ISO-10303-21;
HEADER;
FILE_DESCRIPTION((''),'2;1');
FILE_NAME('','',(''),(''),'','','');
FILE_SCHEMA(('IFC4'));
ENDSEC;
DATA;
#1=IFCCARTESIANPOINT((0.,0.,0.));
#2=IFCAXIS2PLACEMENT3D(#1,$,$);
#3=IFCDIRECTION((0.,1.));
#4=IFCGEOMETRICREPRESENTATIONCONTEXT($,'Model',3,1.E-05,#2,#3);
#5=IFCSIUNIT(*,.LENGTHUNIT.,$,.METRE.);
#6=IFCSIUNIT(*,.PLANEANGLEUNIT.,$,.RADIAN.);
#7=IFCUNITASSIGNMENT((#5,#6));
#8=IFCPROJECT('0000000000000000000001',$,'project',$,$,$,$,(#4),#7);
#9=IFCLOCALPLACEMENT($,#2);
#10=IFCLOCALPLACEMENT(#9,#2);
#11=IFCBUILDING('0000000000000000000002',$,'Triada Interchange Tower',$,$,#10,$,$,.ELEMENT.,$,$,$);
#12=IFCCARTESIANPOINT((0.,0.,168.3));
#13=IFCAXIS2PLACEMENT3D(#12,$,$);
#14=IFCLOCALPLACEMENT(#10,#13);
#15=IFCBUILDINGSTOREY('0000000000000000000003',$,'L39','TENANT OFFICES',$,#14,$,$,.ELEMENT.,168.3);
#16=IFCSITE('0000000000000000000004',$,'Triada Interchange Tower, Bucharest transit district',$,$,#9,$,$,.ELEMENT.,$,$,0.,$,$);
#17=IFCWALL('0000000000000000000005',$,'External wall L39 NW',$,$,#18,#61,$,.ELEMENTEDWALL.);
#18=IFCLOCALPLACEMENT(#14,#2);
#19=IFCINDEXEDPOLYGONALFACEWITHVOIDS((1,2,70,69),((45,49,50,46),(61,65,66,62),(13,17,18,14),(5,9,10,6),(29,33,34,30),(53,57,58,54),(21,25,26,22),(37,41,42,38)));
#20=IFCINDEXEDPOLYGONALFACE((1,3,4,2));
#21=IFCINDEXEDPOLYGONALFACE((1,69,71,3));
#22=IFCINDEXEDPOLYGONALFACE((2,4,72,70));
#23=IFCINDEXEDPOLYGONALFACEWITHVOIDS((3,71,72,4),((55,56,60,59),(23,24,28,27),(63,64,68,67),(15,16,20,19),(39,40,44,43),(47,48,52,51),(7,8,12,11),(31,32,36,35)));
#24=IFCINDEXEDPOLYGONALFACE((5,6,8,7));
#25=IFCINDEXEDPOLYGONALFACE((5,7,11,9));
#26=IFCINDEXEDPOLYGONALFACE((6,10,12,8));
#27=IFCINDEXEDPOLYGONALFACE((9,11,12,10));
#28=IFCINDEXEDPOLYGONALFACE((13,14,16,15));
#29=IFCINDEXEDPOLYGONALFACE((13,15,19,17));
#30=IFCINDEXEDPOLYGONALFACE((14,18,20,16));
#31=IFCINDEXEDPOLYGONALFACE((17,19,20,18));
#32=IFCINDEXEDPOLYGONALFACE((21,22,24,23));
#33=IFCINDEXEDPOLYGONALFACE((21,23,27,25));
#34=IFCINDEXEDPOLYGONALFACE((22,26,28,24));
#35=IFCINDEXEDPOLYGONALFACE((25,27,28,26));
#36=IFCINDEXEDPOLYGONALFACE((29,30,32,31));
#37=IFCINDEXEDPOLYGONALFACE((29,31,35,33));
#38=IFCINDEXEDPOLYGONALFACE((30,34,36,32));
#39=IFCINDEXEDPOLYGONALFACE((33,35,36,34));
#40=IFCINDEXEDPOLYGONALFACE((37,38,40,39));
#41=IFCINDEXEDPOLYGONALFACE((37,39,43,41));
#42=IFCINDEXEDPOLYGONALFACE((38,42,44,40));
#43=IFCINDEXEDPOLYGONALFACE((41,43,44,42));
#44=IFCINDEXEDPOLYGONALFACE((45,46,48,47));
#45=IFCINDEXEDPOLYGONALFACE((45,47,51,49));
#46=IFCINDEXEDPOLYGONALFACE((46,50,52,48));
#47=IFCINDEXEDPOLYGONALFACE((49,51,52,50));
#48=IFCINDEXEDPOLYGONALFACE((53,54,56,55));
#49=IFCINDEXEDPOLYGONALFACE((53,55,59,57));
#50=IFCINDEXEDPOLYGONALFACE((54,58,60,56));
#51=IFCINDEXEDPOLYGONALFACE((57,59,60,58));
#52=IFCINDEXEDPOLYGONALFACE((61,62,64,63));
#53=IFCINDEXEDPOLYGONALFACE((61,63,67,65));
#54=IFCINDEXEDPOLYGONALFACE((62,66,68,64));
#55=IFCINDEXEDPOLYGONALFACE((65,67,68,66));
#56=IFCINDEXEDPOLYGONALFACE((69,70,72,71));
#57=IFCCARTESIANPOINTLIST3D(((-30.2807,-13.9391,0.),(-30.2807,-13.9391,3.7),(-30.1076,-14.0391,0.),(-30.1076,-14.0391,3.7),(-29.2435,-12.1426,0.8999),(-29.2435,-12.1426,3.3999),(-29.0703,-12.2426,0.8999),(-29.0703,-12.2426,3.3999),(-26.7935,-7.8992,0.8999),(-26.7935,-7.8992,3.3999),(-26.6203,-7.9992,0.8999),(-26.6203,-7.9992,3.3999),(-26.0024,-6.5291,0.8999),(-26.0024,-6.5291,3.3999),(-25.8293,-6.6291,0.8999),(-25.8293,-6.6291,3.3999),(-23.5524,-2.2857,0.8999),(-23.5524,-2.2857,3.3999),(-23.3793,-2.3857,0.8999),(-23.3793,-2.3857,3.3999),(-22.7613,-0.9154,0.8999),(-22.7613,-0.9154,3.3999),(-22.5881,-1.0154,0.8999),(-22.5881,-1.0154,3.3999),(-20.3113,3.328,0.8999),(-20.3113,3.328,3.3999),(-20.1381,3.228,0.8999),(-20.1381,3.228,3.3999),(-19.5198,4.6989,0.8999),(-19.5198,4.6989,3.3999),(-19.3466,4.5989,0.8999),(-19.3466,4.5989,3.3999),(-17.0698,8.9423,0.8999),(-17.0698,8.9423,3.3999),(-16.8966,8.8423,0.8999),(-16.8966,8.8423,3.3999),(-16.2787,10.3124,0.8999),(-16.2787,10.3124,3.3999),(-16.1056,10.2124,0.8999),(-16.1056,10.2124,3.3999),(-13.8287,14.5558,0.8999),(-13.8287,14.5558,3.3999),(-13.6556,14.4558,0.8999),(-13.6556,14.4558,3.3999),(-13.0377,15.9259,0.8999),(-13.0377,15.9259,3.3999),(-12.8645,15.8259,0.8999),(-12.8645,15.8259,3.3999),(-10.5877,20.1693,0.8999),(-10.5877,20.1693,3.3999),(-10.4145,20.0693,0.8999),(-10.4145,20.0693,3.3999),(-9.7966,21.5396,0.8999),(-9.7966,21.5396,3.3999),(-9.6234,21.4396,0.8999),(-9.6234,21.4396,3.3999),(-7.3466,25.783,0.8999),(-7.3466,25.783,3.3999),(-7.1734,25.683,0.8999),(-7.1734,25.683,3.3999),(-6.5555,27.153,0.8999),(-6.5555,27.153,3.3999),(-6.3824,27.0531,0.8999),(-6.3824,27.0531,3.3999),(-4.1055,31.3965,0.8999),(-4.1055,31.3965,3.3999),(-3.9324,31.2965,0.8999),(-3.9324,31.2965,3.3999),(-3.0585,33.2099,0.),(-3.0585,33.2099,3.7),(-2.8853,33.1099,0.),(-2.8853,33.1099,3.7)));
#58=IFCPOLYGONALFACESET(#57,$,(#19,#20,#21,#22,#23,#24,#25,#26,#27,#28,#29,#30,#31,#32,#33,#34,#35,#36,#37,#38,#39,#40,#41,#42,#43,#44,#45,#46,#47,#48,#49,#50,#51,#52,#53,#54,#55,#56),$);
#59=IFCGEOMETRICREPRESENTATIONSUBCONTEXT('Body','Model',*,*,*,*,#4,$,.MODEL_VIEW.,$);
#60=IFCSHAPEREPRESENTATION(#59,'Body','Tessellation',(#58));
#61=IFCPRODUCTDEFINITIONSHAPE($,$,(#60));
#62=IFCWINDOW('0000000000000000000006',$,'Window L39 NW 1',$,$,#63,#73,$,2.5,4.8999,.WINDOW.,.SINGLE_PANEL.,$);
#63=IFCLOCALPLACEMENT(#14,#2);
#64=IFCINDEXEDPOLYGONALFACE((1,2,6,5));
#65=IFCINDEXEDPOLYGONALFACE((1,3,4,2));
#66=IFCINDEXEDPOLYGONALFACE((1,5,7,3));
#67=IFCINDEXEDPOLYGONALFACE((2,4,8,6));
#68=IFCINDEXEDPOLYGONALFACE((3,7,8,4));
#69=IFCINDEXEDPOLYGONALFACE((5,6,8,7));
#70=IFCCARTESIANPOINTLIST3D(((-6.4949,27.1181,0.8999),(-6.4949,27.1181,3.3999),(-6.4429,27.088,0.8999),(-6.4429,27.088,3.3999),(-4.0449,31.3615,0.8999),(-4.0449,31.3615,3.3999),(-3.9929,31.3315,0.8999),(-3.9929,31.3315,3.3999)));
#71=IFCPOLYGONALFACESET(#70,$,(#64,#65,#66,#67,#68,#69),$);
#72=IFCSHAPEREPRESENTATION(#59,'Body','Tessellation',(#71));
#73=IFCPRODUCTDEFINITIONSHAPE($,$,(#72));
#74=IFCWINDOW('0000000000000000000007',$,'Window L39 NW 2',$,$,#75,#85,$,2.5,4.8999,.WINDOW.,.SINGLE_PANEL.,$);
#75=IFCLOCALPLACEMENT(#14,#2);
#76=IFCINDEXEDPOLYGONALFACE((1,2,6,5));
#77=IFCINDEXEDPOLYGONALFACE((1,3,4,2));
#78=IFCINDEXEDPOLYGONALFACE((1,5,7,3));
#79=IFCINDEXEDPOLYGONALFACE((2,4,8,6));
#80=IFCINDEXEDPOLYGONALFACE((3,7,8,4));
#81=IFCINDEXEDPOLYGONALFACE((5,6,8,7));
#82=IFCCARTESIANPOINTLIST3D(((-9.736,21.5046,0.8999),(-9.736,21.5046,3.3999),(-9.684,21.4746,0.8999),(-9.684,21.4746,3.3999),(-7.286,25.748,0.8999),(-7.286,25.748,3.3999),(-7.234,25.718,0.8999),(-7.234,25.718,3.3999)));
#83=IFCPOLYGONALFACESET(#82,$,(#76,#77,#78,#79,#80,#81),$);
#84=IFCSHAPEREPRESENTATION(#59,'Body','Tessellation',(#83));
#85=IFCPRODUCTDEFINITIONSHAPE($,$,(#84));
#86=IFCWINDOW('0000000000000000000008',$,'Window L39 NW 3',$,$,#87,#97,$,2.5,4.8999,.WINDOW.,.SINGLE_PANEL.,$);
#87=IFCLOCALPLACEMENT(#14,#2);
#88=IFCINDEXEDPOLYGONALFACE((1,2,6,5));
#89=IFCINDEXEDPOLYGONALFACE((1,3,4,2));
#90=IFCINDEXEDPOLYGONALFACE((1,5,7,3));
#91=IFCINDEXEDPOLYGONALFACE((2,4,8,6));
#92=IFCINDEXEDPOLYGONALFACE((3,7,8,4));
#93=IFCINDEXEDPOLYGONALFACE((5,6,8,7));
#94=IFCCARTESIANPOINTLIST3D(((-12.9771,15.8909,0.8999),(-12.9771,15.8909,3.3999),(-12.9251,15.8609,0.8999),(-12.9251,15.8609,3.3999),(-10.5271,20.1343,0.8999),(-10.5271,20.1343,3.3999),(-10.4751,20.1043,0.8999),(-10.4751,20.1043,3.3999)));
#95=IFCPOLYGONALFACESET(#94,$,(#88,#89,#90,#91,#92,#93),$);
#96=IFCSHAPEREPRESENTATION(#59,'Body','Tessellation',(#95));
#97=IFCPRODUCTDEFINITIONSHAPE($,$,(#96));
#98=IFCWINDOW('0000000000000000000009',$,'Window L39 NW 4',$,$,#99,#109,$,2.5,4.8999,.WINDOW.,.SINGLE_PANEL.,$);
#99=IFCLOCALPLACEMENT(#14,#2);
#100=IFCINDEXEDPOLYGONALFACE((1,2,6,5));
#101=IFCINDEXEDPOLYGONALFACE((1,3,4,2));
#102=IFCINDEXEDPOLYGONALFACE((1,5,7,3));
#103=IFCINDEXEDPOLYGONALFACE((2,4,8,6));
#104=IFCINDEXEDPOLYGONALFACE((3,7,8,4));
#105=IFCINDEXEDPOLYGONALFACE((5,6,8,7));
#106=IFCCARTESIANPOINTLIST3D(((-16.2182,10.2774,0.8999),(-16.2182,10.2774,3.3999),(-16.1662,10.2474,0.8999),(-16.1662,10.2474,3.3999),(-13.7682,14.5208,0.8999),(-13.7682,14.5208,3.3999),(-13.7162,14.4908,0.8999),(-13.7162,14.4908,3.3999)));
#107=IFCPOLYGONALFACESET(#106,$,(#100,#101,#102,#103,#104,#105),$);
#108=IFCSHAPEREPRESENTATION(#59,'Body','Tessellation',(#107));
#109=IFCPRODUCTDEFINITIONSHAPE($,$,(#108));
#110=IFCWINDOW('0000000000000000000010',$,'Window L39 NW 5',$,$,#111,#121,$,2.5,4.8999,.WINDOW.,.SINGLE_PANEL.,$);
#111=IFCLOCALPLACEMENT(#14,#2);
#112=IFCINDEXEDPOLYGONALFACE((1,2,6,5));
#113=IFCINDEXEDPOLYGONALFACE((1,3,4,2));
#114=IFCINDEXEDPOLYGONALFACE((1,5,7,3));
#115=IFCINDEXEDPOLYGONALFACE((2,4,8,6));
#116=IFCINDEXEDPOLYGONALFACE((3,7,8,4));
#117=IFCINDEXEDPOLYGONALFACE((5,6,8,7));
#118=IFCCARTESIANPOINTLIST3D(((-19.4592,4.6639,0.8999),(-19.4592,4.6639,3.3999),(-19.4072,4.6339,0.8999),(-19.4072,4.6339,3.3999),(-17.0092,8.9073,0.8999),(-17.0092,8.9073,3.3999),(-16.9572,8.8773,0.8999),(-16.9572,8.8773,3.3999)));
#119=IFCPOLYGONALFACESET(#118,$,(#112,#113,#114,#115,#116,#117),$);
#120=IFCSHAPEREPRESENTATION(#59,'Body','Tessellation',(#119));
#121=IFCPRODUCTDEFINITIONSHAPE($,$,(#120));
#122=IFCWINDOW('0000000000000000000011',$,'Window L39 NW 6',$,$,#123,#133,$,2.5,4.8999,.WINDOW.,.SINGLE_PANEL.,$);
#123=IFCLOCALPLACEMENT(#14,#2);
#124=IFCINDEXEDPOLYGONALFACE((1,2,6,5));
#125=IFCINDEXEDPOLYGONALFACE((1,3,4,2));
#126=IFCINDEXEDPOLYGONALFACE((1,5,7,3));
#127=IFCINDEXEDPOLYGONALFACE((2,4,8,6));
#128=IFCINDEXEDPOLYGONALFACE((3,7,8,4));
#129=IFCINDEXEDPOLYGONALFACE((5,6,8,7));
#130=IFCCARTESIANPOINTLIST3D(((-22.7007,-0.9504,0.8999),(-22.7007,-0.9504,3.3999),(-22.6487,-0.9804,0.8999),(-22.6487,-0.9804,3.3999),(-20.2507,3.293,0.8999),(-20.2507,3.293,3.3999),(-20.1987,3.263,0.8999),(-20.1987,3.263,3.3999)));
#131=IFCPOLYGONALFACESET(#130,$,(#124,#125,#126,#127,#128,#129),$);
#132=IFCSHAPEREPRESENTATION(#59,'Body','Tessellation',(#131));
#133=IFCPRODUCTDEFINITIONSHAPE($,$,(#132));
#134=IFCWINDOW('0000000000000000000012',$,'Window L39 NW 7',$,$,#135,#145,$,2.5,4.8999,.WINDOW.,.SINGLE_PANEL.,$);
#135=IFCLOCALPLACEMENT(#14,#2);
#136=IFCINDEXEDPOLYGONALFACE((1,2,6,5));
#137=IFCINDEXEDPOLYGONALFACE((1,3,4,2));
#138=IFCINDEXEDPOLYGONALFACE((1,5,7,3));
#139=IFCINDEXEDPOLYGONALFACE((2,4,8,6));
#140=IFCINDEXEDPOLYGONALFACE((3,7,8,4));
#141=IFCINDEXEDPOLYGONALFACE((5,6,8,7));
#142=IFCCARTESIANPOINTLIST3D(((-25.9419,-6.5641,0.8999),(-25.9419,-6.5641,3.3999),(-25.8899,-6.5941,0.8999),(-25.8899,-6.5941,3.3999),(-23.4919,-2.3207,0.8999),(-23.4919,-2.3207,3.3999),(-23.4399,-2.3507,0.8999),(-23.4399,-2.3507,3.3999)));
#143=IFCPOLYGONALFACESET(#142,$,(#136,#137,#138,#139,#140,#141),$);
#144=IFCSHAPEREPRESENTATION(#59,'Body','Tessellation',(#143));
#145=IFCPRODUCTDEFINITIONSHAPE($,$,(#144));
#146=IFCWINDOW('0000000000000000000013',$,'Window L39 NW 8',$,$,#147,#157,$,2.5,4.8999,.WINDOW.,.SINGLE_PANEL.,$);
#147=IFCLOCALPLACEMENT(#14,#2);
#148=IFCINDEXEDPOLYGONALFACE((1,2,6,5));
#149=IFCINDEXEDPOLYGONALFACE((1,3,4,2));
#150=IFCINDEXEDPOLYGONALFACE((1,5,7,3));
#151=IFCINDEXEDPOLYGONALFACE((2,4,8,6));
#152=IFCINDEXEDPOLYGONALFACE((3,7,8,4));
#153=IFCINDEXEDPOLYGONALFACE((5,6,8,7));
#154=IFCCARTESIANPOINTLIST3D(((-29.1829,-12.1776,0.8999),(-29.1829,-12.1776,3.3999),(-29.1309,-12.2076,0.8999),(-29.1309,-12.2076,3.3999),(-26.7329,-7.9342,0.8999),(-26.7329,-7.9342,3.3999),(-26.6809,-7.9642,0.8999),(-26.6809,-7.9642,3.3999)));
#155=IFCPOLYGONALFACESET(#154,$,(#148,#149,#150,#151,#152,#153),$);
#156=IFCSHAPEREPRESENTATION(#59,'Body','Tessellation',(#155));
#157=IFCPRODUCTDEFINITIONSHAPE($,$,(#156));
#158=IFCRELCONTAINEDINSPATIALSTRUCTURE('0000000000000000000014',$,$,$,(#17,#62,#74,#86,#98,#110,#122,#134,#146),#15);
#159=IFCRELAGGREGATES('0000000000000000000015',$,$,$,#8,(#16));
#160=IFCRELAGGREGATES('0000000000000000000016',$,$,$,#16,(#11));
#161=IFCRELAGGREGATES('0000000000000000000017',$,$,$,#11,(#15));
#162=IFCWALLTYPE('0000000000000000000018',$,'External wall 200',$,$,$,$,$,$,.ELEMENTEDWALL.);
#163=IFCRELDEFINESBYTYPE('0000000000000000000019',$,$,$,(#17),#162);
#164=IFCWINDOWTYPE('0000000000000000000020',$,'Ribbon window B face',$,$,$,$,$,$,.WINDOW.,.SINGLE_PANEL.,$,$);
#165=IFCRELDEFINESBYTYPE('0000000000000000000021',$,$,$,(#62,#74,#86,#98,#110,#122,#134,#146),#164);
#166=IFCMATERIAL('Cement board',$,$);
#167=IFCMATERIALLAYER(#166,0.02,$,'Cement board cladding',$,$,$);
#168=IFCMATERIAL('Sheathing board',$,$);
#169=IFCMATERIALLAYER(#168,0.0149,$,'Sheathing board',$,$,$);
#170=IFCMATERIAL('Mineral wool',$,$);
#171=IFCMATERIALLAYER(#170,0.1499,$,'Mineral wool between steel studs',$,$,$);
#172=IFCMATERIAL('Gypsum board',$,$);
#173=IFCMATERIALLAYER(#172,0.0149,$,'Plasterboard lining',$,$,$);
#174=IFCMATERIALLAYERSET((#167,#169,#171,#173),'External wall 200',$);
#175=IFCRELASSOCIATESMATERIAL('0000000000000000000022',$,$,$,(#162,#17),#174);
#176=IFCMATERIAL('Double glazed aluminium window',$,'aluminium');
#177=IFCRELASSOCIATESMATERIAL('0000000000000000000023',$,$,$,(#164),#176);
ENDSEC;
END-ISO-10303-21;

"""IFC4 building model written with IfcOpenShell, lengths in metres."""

from ifc_helpers import new_model, si_unit, direction, frame, frame_2d, origin, place, context, subcontext, project, spatial, rectangle, extrude, material, layer, layer_set, layer_usage, type_object, element, fill, save


model = new_model("IFC4")

# Units and contexts
model_context = context("Model", 3, precision=1e-05, world=origin(), true_north=direction((0.0, 1.0)))
body_context = subcontext(model_context, "Body", "Model", "MODEL_VIEW")
ifc_project = project(units=[si_unit("LENGTHUNIT", "METRE"), si_unit("PLANEANGLEUNIT", "RADIAN")], contexts=[model_context])

# Site, building, storey
site_placement = place(None, origin())
site = spatial("IfcSite", under=ifc_project, at=site_placement, Name="Triada Interchange Tower, Bucharest transit district", CompositionType="ELEMENT", RefElevation=0.0)
building_placement = place(site_placement, origin())
building = spatial("IfcBuilding", under=site, at=building_placement, Name="Triada Interchange Tower", CompositionType="ELEMENT")
storey_placement = place(building_placement, frame((0.0, 0.0, 168.3)))
storey = spatial("IfcBuildingStorey", under=building, at=storey_placement, Name="L39", Description="TENANT OFFICES", CompositionType="ELEMENT", Elevation=168.3)

# Wall, openings, windows
ifc_material_1 = material(Name="Cement board")
ifc_layer_1 = layer(ifc_material_1, 0.02, Name="Cement board cladding")
ifc_material_2 = material(Name="Sheathing board")
ifc_layer_2 = layer(ifc_material_2, 0.0149, Name="Sheathing board")
ifc_material_3 = material(Name="Mineral wool")
ifc_layer_3 = layer(ifc_material_3, 0.1499, Name="Mineral wool between steel studs")
ifc_material_4 = material(Name="Gypsum board")
ifc_layer_4 = layer(ifc_material_4, 0.0149, Name="Plasterboard lining")
ifc_layer_set_1 = layer_set([ifc_layer_1, ifc_layer_2, ifc_layer_3, ifc_layer_4], Name="External wall 200")
ifc_layer_usage = layer_usage(ifc_layer_set_1, "AXIS2", "POSITIVE", -0.1001)
wall_type_1 = type_object("IfcWallType", Name="External wall 200", PredefinedType="ELEMENTEDWALL", material=ifc_layer_set_1)
wall_1_placement = place(storey_placement, frame((-2.9719, 33.1599, 0.0), z_axis=(0.0, 0.0, 1.0), x_axis=(-0.50001, -0.86602, 0.0)))
wall_1 = element("IfcWall", 1, at=wall_1_placement, inside=storey, type_object=wall_type_1, material=ifc_layer_usage, Name="External wall L39 NW", PredefinedType="ELEMENTEDWALL", context=body_context, shape_type="SweptSolid", body=[
    extrude(rectangle(XDim=54.4434, YDim=0.2, at=frame_2d((27.2217, 0.0))), origin(), (0.0, 0.0, 1.0), 3.7),
])
opening_1_placement = place(wall_1_placement, frame((2.094, 0.0, 0.8999)))
opening_1 = element("IfcOpeningElement", 2, at=opening_1_placement, cuts=wall_1, PredefinedType="OPENING", context=body_context, shape_type="SweptSolid", body=[
    extrude(rectangle(XDim=4.8999, YDim=2.5, at=frame_2d((2.45, 1.25))), frame((0.0, 0.1099, 0.0), z_axis=(0.0, -1.0, 0.0), x_axis=(1.0, 0.0, 0.0)), (0.0, 0.0, 1.0), 0.22),
])
opening_2_placement = place(wall_1_placement, frame((8.5759, 0.0, 0.8999)))
opening_2 = element("IfcOpeningElement", 3, at=opening_2_placement, cuts=wall_1, PredefinedType="OPENING", context=body_context, shape_type="SweptSolid", body=[
    extrude(rectangle(XDim=4.8999, YDim=2.5, at=frame_2d((2.45, 1.25))), frame((0.0, 0.1099, 0.0), z_axis=(0.0, -1.0, 0.0), x_axis=(1.0, 0.0, 0.0)), (0.0, 0.0, 1.0), 0.22),
])
opening_3_placement = place(wall_1_placement, frame((15.0581, 0.0, 0.8999)))
opening_3 = element("IfcOpeningElement", 4, at=opening_3_placement, cuts=wall_1, PredefinedType="OPENING", context=body_context, shape_type="SweptSolid", body=[
    extrude(rectangle(XDim=4.8999, YDim=2.5, at=frame_2d((2.45, 1.25))), frame((0.0, 0.1099, 0.0), z_axis=(0.0, -1.0, 0.0), x_axis=(1.0, 0.0, 0.0)), (0.0, 0.0, 1.0), 0.22),
])
opening_4_placement = place(wall_1_placement, frame((21.54, 0.0, 0.8999)))
opening_4 = element("IfcOpeningElement", 5, at=opening_4_placement, cuts=wall_1, PredefinedType="OPENING", context=body_context, shape_type="SweptSolid", body=[
    extrude(rectangle(XDim=4.8999, YDim=2.5, at=frame_2d((2.45, 1.25))), frame((0.0, 0.1099, 0.0), z_axis=(0.0, -1.0, 0.0), x_axis=(1.0, 0.0, 0.0)), (0.0, 0.0, 1.0), 0.22),
])
opening_5_placement = place(wall_1_placement, frame((28.022, 0.0, 0.8999)))
opening_5 = element("IfcOpeningElement", 6, at=opening_5_placement, cuts=wall_1, PredefinedType="OPENING", context=body_context, shape_type="SweptSolid", body=[
    extrude(rectangle(XDim=4.8999, YDim=2.5, at=frame_2d((2.45, 1.25))), frame((0.0, 0.1099, 0.0), z_axis=(0.0, -1.0, 0.0), x_axis=(1.0, 0.0, 0.0)), (0.0, 0.0, 1.0), 0.22),
])
opening_6_placement = place(wall_1_placement, frame((34.5049, 0.0, 0.8999)))
opening_6 = element("IfcOpeningElement", 7, at=opening_6_placement, cuts=wall_1, PredefinedType="OPENING", context=body_context, shape_type="SweptSolid", body=[
    extrude(rectangle(XDim=4.8999, YDim=2.5, at=frame_2d((2.45, 1.25))), frame((0.0, 0.1099, 0.0), z_axis=(0.0, -1.0, 0.0), x_axis=(1.0, 0.0, 0.0)), (0.0, 0.0, 1.0), 0.22),
])
opening_7_placement = place(wall_1_placement, frame((40.9871, 0.0, 0.8999)))
opening_7 = element("IfcOpeningElement", 8, at=opening_7_placement, cuts=wall_1, PredefinedType="OPENING", context=body_context, shape_type="SweptSolid", body=[
    extrude(rectangle(XDim=4.8999, YDim=2.5, at=frame_2d((2.45, 1.25))), frame((0.0, 0.1099, 0.0), z_axis=(0.0, -1.0, 0.0), x_axis=(1.0, 0.0, 0.0)), (0.0, 0.0, 1.0), 0.22),
])
opening_8_placement = place(wall_1_placement, frame((47.469, 0.0, 0.8999)))
opening_8 = element("IfcOpeningElement", 9, at=opening_8_placement, cuts=wall_1, PredefinedType="OPENING", context=body_context, shape_type="SweptSolid", body=[
    extrude(rectangle(XDim=4.8999, YDim=2.5, at=frame_2d((2.45, 1.25))), frame((0.0, 0.1099, 0.0), z_axis=(0.0, -1.0, 0.0), x_axis=(1.0, 0.0, 0.0)), (0.0, 0.0, 1.0), 0.22),
])
ifc_material_5 = material(Name="Double glazed aluminium window", Category="aluminium")
window_type = type_object("IfcWindowType", Name="Ribbon window B face", PartitioningType="SINGLE_PANEL", PredefinedType="WINDOW", material=ifc_material_5)
window_1_placement = place(opening_1_placement, origin())
window_1 = element("IfcWindow", 10, at=window_1_placement, inside=storey, type_object=window_type, Name="Window L39 NW 1", OverallHeight=2.5, OverallWidth=4.8999, PartitioningType="SINGLE_PANEL", PredefinedType="WINDOW", context=body_context, shape_type="SweptSolid", body=[
    extrude(rectangle(XDim=4.8999, YDim=2.5, at=frame_2d((2.45, 1.25))), frame((0.0, 0.03, 0.0), z_axis=(0.0, -1.0, 0.0), x_axis=(1.0, 0.0, 0.0)), (0.0, 0.0, 1.0), 0.0601),
])
fill(opening_1, window_1)
window_2_placement = place(opening_2_placement, origin())
window_2 = element("IfcWindow", 11, at=window_2_placement, inside=storey, type_object=window_type, Name="Window L39 NW 2", OverallHeight=2.5, OverallWidth=4.8999, PartitioningType="SINGLE_PANEL", PredefinedType="WINDOW", context=body_context, shape_type="SweptSolid", body=[
    extrude(rectangle(XDim=4.8999, YDim=2.5, at=frame_2d((2.45, 1.25))), frame((0.0, 0.03, 0.0), z_axis=(0.0, -1.0, 0.0), x_axis=(1.0, 0.0, 0.0)), (0.0, 0.0, 1.0), 0.0601),
])
fill(opening_2, window_2)
window_3_placement = place(opening_3_placement, origin())
window_3 = element("IfcWindow", 12, at=window_3_placement, inside=storey, type_object=window_type, Name="Window L39 NW 3", OverallHeight=2.5, OverallWidth=4.8999, PartitioningType="SINGLE_PANEL", PredefinedType="WINDOW", context=body_context, shape_type="SweptSolid", body=[
    extrude(rectangle(XDim=4.8999, YDim=2.5, at=frame_2d((2.45, 1.25))), frame((0.0, 0.03, 0.0), z_axis=(0.0, -1.0, 0.0), x_axis=(1.0, 0.0, 0.0)), (0.0, 0.0, 1.0), 0.0601),
])
fill(opening_3, window_3)
window_4_placement = place(opening_4_placement, origin())
window_4 = element("IfcWindow", 13, at=window_4_placement, inside=storey, type_object=window_type, Name="Window L39 NW 4", OverallHeight=2.5, OverallWidth=4.8999, PartitioningType="SINGLE_PANEL", PredefinedType="WINDOW", context=body_context, shape_type="SweptSolid", body=[
    extrude(rectangle(XDim=4.8999, YDim=2.5, at=frame_2d((2.45, 1.25))), frame((0.0, 0.03, 0.0), z_axis=(0.0, -1.0, 0.0), x_axis=(1.0, 0.0, 0.0)), (0.0, 0.0, 1.0), 0.0601),
])
fill(opening_4, window_4)
window_5_placement = place(opening_5_placement, origin())
window_5 = element("IfcWindow", 14, at=window_5_placement, inside=storey, type_object=window_type, Name="Window L39 NW 5", OverallHeight=2.5, OverallWidth=4.8999, PartitioningType="SINGLE_PANEL", PredefinedType="WINDOW", context=body_context, shape_type="SweptSolid", body=[
    extrude(rectangle(XDim=4.8999, YDim=2.5, at=frame_2d((2.45, 1.25))), frame((0.0, 0.03, 0.0), z_axis=(0.0, -1.0, 0.0), x_axis=(1.0, 0.0, 0.0)), (0.0, 0.0, 1.0), 0.0601),
])
fill(opening_5, window_5)
window_6_placement = place(opening_6_placement, origin())
window_6 = element("IfcWindow", 15, at=window_6_placement, inside=storey, type_object=window_type, Name="Window L39 NW 6", OverallHeight=2.5, OverallWidth=4.8999, PartitioningType="SINGLE_PANEL", PredefinedType="WINDOW", context=body_context, shape_type="SweptSolid", body=[
    extrude(rectangle(XDim=4.8999, YDim=2.5, at=frame_2d((2.45, 1.25))), frame((0.0, 0.03, 0.0), z_axis=(0.0, -1.0, 0.0), x_axis=(1.0, 0.0, 0.0)), (0.0, 0.0, 1.0), 0.0601),
])
fill(opening_6, window_6)
window_7_placement = place(opening_7_placement, origin())
window_7 = element("IfcWindow", 16, at=window_7_placement, inside=storey, type_object=window_type, Name="Window L39 NW 7", OverallHeight=2.5, OverallWidth=4.8999, PartitioningType="SINGLE_PANEL", PredefinedType="WINDOW", context=body_context, shape_type="SweptSolid", body=[
    extrude(rectangle(XDim=4.8999, YDim=2.5, at=frame_2d((2.45, 1.25))), frame((0.0, 0.03, 0.0), z_axis=(0.0, -1.0, 0.0), x_axis=(1.0, 0.0, 0.0)), (0.0, 0.0, 1.0), 0.0601),
])
fill(opening_7, window_7)
window_8_placement = place(opening_8_placement, origin())
window_8 = element("IfcWindow", 17, at=window_8_placement, inside=storey, type_object=window_type, Name="Window L39 NW 8", OverallHeight=2.5, OverallWidth=4.8999, PartitioningType="SINGLE_PANEL", PredefinedType="WINDOW", context=body_context, shape_type="SweptSolid", body=[
    extrude(rectangle(XDim=4.8999, YDim=2.5, at=frame_2d((2.45, 1.25))), frame((0.0, 0.03, 0.0), z_axis=(0.0, -1.0, 0.0), x_axis=(1.0, 0.0, 0.0)), (0.0, 0.0, 1.0), 0.0601),
])
fill(opening_8, window_8)

save(model, "model.ifc")
